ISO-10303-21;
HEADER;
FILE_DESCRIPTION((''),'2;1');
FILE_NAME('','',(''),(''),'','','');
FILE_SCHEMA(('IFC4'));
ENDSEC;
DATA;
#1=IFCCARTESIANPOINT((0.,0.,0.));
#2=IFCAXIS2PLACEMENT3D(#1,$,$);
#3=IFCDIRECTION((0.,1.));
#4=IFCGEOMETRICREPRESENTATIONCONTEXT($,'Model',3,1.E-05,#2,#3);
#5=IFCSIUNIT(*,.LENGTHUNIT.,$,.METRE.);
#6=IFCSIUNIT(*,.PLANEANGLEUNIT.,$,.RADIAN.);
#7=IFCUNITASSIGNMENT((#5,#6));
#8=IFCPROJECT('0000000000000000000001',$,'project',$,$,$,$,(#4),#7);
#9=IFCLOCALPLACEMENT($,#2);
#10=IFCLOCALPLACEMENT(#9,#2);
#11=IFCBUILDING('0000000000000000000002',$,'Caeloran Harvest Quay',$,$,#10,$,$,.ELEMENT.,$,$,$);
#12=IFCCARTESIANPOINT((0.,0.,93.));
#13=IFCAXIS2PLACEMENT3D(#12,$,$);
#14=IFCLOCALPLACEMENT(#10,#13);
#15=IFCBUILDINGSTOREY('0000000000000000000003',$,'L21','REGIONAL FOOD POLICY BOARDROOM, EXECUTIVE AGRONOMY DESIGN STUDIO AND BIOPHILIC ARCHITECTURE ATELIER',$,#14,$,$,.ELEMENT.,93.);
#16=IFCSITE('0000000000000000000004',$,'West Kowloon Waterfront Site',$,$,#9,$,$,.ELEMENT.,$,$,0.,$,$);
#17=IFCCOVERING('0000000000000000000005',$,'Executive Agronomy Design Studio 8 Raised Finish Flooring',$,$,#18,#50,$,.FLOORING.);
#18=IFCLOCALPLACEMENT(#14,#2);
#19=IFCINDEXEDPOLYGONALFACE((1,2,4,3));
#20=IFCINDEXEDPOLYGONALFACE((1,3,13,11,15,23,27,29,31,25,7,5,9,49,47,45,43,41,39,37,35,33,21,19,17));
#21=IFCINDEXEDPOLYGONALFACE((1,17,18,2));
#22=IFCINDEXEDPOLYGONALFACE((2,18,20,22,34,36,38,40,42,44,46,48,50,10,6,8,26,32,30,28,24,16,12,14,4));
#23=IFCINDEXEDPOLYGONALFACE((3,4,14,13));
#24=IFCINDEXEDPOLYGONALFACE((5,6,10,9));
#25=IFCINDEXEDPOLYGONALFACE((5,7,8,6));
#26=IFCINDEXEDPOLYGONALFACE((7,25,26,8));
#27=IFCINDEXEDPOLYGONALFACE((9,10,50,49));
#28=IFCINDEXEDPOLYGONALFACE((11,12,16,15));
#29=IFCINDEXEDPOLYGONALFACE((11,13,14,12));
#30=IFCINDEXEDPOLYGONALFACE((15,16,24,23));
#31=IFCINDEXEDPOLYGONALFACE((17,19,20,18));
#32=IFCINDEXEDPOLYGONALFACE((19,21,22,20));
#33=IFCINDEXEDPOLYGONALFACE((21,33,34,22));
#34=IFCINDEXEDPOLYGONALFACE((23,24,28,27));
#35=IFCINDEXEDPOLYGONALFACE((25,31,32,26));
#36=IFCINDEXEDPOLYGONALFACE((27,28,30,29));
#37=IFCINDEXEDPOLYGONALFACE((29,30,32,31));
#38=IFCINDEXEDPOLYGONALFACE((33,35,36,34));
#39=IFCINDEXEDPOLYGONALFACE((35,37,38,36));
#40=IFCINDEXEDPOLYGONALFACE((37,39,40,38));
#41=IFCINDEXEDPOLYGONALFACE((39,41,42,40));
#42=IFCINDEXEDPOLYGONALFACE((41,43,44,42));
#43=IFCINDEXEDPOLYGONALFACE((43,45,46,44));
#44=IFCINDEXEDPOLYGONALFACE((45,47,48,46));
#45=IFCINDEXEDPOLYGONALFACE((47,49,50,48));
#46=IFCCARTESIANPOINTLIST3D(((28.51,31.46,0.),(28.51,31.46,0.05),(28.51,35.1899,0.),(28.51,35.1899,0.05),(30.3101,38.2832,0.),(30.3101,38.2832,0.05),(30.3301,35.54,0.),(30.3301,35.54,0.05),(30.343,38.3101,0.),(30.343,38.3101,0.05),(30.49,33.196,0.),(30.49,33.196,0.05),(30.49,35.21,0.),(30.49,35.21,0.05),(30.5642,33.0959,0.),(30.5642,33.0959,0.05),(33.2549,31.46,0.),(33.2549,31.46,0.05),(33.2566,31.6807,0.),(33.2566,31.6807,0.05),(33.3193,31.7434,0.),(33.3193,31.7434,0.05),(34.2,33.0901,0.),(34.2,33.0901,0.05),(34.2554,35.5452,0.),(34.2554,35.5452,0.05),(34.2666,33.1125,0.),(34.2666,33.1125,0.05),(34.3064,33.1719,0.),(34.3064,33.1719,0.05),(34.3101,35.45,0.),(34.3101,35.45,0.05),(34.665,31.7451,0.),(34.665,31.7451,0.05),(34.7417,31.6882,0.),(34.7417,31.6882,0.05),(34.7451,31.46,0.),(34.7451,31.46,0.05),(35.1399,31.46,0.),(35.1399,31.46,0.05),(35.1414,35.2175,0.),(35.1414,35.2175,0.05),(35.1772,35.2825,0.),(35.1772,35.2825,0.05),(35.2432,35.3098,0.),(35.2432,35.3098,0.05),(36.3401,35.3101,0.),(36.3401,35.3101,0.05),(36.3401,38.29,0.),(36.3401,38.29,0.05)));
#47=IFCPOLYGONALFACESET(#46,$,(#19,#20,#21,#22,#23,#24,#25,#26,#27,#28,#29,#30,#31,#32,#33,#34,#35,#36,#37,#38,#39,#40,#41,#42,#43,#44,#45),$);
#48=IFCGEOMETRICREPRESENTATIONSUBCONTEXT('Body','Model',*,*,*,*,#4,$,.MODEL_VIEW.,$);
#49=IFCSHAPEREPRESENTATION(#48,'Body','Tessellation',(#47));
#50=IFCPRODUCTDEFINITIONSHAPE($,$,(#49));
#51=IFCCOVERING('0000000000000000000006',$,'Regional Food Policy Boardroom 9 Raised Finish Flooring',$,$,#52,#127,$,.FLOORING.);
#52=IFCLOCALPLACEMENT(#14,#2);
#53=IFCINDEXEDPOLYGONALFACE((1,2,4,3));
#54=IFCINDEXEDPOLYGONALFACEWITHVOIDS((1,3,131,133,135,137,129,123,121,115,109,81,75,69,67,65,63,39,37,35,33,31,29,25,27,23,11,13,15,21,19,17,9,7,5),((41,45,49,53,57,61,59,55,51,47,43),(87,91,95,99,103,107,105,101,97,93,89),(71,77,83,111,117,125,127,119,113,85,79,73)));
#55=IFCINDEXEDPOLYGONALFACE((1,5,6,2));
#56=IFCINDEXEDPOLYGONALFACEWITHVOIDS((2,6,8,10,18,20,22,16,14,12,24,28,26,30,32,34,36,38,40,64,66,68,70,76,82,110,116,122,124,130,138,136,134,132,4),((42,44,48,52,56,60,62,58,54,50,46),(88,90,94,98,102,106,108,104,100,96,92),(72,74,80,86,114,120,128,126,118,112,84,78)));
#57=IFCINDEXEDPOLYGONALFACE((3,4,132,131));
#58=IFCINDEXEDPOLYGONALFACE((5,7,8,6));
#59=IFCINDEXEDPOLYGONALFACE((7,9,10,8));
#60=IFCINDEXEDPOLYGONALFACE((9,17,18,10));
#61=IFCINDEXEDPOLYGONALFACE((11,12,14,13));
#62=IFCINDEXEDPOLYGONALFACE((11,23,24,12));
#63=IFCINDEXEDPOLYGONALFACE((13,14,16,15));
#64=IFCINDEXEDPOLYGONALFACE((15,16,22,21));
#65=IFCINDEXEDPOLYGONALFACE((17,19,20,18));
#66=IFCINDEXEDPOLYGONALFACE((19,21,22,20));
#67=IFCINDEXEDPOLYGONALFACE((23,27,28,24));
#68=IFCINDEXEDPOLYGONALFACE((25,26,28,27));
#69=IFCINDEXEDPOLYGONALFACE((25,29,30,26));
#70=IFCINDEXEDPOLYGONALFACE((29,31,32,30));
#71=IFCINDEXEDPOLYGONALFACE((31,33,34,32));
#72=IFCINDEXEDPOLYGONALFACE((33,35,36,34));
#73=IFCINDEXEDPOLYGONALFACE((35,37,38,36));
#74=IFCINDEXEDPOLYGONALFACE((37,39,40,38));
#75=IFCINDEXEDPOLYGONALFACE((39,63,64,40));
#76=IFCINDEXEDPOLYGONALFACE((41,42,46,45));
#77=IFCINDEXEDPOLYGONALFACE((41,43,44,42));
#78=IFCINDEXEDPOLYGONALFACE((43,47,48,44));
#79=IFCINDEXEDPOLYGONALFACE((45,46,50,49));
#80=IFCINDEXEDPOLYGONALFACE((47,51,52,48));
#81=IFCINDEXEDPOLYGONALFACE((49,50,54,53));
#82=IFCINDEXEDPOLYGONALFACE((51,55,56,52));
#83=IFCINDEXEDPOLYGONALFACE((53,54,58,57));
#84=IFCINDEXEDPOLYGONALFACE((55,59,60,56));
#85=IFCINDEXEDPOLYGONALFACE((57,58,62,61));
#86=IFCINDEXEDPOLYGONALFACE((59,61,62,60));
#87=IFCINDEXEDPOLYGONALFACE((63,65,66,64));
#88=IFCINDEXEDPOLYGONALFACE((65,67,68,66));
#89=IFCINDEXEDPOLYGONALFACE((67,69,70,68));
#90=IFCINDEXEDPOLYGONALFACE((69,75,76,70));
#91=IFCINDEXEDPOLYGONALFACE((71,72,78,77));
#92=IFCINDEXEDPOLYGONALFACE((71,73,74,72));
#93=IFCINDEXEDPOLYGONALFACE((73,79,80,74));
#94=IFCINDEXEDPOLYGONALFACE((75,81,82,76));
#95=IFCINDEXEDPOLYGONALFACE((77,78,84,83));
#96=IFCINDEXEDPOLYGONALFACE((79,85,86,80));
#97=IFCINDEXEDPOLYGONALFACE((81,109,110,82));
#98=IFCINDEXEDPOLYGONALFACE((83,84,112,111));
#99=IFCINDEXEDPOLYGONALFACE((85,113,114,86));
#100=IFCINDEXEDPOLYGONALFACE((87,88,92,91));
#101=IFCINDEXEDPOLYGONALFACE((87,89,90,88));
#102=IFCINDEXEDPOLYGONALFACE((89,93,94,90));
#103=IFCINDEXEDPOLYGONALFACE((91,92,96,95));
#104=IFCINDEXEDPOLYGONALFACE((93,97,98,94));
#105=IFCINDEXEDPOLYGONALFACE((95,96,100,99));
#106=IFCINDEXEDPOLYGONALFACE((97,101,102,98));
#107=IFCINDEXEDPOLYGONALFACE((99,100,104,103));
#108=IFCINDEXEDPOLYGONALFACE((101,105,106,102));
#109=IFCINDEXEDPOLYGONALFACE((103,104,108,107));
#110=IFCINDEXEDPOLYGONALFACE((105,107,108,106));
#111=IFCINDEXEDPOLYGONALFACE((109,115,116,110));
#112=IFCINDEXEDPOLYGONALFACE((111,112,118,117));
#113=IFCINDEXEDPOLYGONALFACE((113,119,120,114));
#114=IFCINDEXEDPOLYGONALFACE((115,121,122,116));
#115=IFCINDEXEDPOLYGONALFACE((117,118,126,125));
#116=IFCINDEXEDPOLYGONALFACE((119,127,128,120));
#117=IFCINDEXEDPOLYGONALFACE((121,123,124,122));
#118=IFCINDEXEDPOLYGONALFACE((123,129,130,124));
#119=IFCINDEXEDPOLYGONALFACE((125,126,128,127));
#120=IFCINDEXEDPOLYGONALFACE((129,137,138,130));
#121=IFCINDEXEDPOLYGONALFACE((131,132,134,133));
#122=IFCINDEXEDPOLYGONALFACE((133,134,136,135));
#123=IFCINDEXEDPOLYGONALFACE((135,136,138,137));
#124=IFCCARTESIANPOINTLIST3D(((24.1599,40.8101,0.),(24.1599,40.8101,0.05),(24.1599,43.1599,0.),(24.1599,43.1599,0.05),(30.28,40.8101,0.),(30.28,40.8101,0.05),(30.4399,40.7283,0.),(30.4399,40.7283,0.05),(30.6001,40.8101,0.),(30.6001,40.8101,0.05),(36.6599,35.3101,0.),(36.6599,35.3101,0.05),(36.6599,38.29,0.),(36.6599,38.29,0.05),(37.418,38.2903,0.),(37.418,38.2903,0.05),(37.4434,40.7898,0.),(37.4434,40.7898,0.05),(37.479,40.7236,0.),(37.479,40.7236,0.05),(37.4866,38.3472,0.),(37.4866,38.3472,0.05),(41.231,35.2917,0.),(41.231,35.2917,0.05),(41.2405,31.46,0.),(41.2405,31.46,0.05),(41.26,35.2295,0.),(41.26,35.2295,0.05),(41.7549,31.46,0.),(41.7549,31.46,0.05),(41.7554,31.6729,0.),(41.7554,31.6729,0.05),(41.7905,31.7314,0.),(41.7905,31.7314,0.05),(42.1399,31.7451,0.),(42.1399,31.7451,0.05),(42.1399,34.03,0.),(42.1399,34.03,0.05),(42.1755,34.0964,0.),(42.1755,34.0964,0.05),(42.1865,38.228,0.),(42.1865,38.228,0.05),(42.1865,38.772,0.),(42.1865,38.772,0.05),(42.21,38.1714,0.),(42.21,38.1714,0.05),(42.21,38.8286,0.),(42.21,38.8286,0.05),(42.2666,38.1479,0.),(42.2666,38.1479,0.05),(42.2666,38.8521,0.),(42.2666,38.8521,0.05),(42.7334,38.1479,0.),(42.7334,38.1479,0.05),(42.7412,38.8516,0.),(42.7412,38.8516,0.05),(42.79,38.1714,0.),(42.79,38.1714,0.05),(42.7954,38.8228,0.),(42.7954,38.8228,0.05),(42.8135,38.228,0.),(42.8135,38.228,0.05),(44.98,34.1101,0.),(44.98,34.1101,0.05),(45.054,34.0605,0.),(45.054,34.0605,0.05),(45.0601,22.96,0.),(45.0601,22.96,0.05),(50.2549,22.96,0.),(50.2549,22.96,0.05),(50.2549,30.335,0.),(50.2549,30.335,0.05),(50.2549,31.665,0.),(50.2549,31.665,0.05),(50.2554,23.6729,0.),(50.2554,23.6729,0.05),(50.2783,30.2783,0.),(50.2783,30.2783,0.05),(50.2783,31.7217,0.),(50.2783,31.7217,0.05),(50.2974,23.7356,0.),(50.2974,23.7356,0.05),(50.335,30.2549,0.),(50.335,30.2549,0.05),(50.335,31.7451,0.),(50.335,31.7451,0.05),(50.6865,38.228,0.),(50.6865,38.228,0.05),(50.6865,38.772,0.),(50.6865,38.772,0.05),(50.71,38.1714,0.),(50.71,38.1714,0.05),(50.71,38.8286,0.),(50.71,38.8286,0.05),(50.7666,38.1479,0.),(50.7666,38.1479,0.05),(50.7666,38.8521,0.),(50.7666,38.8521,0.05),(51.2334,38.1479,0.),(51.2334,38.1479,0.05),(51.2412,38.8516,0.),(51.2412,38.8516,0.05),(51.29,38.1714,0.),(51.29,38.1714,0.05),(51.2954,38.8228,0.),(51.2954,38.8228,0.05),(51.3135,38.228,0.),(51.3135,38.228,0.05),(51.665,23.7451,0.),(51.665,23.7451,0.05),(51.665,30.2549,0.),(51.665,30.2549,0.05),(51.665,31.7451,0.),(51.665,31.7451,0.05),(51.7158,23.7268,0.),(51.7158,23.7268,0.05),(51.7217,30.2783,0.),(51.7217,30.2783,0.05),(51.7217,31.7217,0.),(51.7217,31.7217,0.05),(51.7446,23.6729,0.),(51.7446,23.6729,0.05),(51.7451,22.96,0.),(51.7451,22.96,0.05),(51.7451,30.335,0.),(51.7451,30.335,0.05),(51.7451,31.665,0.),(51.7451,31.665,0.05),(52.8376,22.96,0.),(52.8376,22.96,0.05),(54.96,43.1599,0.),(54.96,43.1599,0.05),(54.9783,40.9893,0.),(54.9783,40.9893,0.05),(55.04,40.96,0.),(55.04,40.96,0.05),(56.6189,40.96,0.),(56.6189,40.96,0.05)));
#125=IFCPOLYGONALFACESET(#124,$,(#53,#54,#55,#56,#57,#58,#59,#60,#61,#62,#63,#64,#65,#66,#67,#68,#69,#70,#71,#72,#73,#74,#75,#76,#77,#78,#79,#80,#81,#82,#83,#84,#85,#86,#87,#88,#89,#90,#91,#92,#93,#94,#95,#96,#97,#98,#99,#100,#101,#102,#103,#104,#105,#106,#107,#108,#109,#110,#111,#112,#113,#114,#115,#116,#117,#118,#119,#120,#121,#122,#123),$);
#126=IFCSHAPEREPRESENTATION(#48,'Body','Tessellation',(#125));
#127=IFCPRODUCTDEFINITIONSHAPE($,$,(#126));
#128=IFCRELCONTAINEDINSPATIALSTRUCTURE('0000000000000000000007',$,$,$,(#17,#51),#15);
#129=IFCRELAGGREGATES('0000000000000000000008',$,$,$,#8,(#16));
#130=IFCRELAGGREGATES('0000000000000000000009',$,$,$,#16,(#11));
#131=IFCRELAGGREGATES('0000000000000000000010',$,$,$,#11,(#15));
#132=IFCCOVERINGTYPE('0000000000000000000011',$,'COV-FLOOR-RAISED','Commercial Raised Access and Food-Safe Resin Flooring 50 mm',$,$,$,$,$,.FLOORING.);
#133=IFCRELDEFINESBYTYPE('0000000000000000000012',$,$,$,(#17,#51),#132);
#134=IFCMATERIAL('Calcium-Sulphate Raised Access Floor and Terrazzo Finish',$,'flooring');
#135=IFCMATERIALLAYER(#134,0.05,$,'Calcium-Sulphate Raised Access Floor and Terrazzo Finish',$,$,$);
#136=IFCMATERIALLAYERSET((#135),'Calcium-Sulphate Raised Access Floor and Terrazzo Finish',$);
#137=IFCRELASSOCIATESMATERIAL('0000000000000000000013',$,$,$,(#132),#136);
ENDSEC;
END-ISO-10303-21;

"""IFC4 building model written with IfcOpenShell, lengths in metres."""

from ifc_helpers import new_model, si_unit, direction, frame, origin, place, context, subcontext, project, spatial, polyline, outline, extrude, material, layer, layer_set, type_object, element, save


model = new_model("IFC4")

# Units and contexts
model_context = context("Model", 3, precision=1e-05, world=origin(), true_north=direction((0.0, 1.0)))
body_context = subcontext(model_context, "Body", "Model", "MODEL_VIEW")
ifc_project = project(units=[si_unit("LENGTHUNIT", "METRE"), si_unit("PLANEANGLEUNIT", "RADIAN")], contexts=[model_context])

# Site, building, storey
site_placement = place(None, origin())
site = spatial("IfcSite", under=ifc_project, at=site_placement, Name="West Kowloon Waterfront Site", CompositionType="ELEMENT", RefElevation=0.0)
building_placement = place(site_placement, origin())
building = spatial("IfcBuilding", under=site, at=building_placement, Name="Caeloran Harvest Quay", CompositionType="ELEMENT")
storey_placement = place(building_placement, frame((0.0, 0.0, 93.0)))
storey = spatial("IfcBuildingStorey", under=building, at=storey_placement, Name="L21", Description="REGIONAL FOOD POLICY BOARDROOM, EXECUTIVE AGRONOMY DESIGN STUDIO AND BIOPHILIC ARCHITECTURE ATELIER", CompositionType="ELEMENT", Elevation=93.0)

# Coverings
ifc_material_1 = material(Name="Calcium-Sulphate Raised Access Floor and Terrazzo Finish", Category="flooring")
ifc_layer_1 = layer(ifc_material_1, 0.05, Name="Calcium-Sulphate Raised Access Floor and Terrazzo Finish")
ifc_layer_set_1 = layer_set([ifc_layer_1], Name="Calcium-Sulphate Raised Access Floor and Terrazzo Finish")
covering_type_1 = type_object("IfcCoveringType", Name="COV-FLOOR-RAISED", Description="Commercial Raised Access and Food-Safe Resin Flooring 50 mm", PredefinedType="FLOORING", material=ifc_layer_set_1)
covering_1_placement = place(storey_placement, origin())
element("IfcCovering", 1, at=covering_1_placement, inside=storey, type_object=covering_type_1, Name="Executive Agronomy Design Studio 8 Raised Finish Flooring", PredefinedType="FLOORING", context=body_context, shape_type="SweptSolid", body=[
    extrude(outline(polyline([(30.3101, 38.2832), (30.343, 38.3101), (36.3401, 38.29), (36.3401, 35.3101), (35.2432, 35.3098), (35.1772, 35.2825), (35.1414, 35.2175), (35.1399, 31.46), (34.7451, 31.46), (34.7417, 31.6882), (34.665, 31.7451), (33.3193, 31.7434), (33.2566, 31.6807), (33.2549, 31.46), (28.51, 31.46), (28.51, 35.1899), (30.49, 35.21), (30.49, 33.196), (30.5642, 33.0959), (34.2, 33.0901), (34.2666, 33.1125), (34.3064, 33.1719), (34.3101, 35.45), (34.2554, 35.5452), (30.3301, 35.54), (30.3101, 38.2832)])), origin(), (0.0, 0.0, 1.0), 0.05),
])
covering_2_placement = place(storey_placement, origin())
element("IfcCovering", 2, at=covering_2_placement, inside=storey, type_object=covering_type_1, Name="Regional Food Policy Boardroom 9 Raised Finish Flooring", PredefinedType="FLOORING", context=body_context, shape_type="SweptSolid", body=[
    extrude(outline(polyline([(24.1599, 40.8101), (24.1599, 43.1599), (54.96, 43.1599), (54.9783, 40.9893), (55.04, 40.96), (56.6189, 40.96), (52.8376, 22.96), (51.7451, 22.96), (51.7446, 23.6729), (51.7158, 23.7268), (51.665, 23.7451), (50.2974, 23.7356), (50.2554, 23.6729), (50.2549, 22.96), (45.0601, 22.96), (45.054, 34.0605), (44.98, 34.1101), (42.1755, 34.0964), (42.1399, 34.03), (42.1399, 31.7451), (41.7905, 31.7314), (41.7554, 31.6729), (41.7549, 31.46), (41.2405, 31.46), (41.26, 35.2295), (41.231, 35.2917), (36.6599, 35.3101), (36.6599, 38.29), (37.418, 38.2903), (37.4866, 38.3472), (37.479, 40.7236), (37.4434, 40.7898), (30.6001, 40.8101), (30.4399, 40.7283), (30.28, 40.8101), (24.1599, 40.8101)]), holes=[polyline([(51.7451, 31.665), (51.7217, 31.7217), (51.665, 31.7451), (50.335, 31.7451), (50.2783, 31.7217), (50.2549, 31.665), (50.2549, 30.335), (50.2783, 30.2783), (50.335, 30.2549), (51.665, 30.2549), (51.7217, 30.2783), (51.7451, 30.335), (51.7451, 31.665)]), polyline([(51.3135, 38.228), (51.2954, 38.8228), (51.2412, 38.8516), (50.7666, 38.8521), (50.71, 38.8286), (50.6865, 38.772), (50.6865, 38.228), (50.71, 38.1714), (50.7666, 38.1479), (51.2334, 38.1479), (51.29, 38.1714), (51.3135, 38.228)]), polyline([(42.8135, 38.228), (42.7954, 38.8228), (42.7412, 38.8516), (42.2666, 38.8521), (42.21, 38.8286), (42.1865, 38.772), (42.1865, 38.228), (42.21, 38.1714), (42.2666, 38.1479), (42.7334, 38.1479), (42.79, 38.1714), (42.8135, 38.228)])]), origin(), (0.0, 0.0, 1.0), 0.05),
])

save(model, "model.ifc")
